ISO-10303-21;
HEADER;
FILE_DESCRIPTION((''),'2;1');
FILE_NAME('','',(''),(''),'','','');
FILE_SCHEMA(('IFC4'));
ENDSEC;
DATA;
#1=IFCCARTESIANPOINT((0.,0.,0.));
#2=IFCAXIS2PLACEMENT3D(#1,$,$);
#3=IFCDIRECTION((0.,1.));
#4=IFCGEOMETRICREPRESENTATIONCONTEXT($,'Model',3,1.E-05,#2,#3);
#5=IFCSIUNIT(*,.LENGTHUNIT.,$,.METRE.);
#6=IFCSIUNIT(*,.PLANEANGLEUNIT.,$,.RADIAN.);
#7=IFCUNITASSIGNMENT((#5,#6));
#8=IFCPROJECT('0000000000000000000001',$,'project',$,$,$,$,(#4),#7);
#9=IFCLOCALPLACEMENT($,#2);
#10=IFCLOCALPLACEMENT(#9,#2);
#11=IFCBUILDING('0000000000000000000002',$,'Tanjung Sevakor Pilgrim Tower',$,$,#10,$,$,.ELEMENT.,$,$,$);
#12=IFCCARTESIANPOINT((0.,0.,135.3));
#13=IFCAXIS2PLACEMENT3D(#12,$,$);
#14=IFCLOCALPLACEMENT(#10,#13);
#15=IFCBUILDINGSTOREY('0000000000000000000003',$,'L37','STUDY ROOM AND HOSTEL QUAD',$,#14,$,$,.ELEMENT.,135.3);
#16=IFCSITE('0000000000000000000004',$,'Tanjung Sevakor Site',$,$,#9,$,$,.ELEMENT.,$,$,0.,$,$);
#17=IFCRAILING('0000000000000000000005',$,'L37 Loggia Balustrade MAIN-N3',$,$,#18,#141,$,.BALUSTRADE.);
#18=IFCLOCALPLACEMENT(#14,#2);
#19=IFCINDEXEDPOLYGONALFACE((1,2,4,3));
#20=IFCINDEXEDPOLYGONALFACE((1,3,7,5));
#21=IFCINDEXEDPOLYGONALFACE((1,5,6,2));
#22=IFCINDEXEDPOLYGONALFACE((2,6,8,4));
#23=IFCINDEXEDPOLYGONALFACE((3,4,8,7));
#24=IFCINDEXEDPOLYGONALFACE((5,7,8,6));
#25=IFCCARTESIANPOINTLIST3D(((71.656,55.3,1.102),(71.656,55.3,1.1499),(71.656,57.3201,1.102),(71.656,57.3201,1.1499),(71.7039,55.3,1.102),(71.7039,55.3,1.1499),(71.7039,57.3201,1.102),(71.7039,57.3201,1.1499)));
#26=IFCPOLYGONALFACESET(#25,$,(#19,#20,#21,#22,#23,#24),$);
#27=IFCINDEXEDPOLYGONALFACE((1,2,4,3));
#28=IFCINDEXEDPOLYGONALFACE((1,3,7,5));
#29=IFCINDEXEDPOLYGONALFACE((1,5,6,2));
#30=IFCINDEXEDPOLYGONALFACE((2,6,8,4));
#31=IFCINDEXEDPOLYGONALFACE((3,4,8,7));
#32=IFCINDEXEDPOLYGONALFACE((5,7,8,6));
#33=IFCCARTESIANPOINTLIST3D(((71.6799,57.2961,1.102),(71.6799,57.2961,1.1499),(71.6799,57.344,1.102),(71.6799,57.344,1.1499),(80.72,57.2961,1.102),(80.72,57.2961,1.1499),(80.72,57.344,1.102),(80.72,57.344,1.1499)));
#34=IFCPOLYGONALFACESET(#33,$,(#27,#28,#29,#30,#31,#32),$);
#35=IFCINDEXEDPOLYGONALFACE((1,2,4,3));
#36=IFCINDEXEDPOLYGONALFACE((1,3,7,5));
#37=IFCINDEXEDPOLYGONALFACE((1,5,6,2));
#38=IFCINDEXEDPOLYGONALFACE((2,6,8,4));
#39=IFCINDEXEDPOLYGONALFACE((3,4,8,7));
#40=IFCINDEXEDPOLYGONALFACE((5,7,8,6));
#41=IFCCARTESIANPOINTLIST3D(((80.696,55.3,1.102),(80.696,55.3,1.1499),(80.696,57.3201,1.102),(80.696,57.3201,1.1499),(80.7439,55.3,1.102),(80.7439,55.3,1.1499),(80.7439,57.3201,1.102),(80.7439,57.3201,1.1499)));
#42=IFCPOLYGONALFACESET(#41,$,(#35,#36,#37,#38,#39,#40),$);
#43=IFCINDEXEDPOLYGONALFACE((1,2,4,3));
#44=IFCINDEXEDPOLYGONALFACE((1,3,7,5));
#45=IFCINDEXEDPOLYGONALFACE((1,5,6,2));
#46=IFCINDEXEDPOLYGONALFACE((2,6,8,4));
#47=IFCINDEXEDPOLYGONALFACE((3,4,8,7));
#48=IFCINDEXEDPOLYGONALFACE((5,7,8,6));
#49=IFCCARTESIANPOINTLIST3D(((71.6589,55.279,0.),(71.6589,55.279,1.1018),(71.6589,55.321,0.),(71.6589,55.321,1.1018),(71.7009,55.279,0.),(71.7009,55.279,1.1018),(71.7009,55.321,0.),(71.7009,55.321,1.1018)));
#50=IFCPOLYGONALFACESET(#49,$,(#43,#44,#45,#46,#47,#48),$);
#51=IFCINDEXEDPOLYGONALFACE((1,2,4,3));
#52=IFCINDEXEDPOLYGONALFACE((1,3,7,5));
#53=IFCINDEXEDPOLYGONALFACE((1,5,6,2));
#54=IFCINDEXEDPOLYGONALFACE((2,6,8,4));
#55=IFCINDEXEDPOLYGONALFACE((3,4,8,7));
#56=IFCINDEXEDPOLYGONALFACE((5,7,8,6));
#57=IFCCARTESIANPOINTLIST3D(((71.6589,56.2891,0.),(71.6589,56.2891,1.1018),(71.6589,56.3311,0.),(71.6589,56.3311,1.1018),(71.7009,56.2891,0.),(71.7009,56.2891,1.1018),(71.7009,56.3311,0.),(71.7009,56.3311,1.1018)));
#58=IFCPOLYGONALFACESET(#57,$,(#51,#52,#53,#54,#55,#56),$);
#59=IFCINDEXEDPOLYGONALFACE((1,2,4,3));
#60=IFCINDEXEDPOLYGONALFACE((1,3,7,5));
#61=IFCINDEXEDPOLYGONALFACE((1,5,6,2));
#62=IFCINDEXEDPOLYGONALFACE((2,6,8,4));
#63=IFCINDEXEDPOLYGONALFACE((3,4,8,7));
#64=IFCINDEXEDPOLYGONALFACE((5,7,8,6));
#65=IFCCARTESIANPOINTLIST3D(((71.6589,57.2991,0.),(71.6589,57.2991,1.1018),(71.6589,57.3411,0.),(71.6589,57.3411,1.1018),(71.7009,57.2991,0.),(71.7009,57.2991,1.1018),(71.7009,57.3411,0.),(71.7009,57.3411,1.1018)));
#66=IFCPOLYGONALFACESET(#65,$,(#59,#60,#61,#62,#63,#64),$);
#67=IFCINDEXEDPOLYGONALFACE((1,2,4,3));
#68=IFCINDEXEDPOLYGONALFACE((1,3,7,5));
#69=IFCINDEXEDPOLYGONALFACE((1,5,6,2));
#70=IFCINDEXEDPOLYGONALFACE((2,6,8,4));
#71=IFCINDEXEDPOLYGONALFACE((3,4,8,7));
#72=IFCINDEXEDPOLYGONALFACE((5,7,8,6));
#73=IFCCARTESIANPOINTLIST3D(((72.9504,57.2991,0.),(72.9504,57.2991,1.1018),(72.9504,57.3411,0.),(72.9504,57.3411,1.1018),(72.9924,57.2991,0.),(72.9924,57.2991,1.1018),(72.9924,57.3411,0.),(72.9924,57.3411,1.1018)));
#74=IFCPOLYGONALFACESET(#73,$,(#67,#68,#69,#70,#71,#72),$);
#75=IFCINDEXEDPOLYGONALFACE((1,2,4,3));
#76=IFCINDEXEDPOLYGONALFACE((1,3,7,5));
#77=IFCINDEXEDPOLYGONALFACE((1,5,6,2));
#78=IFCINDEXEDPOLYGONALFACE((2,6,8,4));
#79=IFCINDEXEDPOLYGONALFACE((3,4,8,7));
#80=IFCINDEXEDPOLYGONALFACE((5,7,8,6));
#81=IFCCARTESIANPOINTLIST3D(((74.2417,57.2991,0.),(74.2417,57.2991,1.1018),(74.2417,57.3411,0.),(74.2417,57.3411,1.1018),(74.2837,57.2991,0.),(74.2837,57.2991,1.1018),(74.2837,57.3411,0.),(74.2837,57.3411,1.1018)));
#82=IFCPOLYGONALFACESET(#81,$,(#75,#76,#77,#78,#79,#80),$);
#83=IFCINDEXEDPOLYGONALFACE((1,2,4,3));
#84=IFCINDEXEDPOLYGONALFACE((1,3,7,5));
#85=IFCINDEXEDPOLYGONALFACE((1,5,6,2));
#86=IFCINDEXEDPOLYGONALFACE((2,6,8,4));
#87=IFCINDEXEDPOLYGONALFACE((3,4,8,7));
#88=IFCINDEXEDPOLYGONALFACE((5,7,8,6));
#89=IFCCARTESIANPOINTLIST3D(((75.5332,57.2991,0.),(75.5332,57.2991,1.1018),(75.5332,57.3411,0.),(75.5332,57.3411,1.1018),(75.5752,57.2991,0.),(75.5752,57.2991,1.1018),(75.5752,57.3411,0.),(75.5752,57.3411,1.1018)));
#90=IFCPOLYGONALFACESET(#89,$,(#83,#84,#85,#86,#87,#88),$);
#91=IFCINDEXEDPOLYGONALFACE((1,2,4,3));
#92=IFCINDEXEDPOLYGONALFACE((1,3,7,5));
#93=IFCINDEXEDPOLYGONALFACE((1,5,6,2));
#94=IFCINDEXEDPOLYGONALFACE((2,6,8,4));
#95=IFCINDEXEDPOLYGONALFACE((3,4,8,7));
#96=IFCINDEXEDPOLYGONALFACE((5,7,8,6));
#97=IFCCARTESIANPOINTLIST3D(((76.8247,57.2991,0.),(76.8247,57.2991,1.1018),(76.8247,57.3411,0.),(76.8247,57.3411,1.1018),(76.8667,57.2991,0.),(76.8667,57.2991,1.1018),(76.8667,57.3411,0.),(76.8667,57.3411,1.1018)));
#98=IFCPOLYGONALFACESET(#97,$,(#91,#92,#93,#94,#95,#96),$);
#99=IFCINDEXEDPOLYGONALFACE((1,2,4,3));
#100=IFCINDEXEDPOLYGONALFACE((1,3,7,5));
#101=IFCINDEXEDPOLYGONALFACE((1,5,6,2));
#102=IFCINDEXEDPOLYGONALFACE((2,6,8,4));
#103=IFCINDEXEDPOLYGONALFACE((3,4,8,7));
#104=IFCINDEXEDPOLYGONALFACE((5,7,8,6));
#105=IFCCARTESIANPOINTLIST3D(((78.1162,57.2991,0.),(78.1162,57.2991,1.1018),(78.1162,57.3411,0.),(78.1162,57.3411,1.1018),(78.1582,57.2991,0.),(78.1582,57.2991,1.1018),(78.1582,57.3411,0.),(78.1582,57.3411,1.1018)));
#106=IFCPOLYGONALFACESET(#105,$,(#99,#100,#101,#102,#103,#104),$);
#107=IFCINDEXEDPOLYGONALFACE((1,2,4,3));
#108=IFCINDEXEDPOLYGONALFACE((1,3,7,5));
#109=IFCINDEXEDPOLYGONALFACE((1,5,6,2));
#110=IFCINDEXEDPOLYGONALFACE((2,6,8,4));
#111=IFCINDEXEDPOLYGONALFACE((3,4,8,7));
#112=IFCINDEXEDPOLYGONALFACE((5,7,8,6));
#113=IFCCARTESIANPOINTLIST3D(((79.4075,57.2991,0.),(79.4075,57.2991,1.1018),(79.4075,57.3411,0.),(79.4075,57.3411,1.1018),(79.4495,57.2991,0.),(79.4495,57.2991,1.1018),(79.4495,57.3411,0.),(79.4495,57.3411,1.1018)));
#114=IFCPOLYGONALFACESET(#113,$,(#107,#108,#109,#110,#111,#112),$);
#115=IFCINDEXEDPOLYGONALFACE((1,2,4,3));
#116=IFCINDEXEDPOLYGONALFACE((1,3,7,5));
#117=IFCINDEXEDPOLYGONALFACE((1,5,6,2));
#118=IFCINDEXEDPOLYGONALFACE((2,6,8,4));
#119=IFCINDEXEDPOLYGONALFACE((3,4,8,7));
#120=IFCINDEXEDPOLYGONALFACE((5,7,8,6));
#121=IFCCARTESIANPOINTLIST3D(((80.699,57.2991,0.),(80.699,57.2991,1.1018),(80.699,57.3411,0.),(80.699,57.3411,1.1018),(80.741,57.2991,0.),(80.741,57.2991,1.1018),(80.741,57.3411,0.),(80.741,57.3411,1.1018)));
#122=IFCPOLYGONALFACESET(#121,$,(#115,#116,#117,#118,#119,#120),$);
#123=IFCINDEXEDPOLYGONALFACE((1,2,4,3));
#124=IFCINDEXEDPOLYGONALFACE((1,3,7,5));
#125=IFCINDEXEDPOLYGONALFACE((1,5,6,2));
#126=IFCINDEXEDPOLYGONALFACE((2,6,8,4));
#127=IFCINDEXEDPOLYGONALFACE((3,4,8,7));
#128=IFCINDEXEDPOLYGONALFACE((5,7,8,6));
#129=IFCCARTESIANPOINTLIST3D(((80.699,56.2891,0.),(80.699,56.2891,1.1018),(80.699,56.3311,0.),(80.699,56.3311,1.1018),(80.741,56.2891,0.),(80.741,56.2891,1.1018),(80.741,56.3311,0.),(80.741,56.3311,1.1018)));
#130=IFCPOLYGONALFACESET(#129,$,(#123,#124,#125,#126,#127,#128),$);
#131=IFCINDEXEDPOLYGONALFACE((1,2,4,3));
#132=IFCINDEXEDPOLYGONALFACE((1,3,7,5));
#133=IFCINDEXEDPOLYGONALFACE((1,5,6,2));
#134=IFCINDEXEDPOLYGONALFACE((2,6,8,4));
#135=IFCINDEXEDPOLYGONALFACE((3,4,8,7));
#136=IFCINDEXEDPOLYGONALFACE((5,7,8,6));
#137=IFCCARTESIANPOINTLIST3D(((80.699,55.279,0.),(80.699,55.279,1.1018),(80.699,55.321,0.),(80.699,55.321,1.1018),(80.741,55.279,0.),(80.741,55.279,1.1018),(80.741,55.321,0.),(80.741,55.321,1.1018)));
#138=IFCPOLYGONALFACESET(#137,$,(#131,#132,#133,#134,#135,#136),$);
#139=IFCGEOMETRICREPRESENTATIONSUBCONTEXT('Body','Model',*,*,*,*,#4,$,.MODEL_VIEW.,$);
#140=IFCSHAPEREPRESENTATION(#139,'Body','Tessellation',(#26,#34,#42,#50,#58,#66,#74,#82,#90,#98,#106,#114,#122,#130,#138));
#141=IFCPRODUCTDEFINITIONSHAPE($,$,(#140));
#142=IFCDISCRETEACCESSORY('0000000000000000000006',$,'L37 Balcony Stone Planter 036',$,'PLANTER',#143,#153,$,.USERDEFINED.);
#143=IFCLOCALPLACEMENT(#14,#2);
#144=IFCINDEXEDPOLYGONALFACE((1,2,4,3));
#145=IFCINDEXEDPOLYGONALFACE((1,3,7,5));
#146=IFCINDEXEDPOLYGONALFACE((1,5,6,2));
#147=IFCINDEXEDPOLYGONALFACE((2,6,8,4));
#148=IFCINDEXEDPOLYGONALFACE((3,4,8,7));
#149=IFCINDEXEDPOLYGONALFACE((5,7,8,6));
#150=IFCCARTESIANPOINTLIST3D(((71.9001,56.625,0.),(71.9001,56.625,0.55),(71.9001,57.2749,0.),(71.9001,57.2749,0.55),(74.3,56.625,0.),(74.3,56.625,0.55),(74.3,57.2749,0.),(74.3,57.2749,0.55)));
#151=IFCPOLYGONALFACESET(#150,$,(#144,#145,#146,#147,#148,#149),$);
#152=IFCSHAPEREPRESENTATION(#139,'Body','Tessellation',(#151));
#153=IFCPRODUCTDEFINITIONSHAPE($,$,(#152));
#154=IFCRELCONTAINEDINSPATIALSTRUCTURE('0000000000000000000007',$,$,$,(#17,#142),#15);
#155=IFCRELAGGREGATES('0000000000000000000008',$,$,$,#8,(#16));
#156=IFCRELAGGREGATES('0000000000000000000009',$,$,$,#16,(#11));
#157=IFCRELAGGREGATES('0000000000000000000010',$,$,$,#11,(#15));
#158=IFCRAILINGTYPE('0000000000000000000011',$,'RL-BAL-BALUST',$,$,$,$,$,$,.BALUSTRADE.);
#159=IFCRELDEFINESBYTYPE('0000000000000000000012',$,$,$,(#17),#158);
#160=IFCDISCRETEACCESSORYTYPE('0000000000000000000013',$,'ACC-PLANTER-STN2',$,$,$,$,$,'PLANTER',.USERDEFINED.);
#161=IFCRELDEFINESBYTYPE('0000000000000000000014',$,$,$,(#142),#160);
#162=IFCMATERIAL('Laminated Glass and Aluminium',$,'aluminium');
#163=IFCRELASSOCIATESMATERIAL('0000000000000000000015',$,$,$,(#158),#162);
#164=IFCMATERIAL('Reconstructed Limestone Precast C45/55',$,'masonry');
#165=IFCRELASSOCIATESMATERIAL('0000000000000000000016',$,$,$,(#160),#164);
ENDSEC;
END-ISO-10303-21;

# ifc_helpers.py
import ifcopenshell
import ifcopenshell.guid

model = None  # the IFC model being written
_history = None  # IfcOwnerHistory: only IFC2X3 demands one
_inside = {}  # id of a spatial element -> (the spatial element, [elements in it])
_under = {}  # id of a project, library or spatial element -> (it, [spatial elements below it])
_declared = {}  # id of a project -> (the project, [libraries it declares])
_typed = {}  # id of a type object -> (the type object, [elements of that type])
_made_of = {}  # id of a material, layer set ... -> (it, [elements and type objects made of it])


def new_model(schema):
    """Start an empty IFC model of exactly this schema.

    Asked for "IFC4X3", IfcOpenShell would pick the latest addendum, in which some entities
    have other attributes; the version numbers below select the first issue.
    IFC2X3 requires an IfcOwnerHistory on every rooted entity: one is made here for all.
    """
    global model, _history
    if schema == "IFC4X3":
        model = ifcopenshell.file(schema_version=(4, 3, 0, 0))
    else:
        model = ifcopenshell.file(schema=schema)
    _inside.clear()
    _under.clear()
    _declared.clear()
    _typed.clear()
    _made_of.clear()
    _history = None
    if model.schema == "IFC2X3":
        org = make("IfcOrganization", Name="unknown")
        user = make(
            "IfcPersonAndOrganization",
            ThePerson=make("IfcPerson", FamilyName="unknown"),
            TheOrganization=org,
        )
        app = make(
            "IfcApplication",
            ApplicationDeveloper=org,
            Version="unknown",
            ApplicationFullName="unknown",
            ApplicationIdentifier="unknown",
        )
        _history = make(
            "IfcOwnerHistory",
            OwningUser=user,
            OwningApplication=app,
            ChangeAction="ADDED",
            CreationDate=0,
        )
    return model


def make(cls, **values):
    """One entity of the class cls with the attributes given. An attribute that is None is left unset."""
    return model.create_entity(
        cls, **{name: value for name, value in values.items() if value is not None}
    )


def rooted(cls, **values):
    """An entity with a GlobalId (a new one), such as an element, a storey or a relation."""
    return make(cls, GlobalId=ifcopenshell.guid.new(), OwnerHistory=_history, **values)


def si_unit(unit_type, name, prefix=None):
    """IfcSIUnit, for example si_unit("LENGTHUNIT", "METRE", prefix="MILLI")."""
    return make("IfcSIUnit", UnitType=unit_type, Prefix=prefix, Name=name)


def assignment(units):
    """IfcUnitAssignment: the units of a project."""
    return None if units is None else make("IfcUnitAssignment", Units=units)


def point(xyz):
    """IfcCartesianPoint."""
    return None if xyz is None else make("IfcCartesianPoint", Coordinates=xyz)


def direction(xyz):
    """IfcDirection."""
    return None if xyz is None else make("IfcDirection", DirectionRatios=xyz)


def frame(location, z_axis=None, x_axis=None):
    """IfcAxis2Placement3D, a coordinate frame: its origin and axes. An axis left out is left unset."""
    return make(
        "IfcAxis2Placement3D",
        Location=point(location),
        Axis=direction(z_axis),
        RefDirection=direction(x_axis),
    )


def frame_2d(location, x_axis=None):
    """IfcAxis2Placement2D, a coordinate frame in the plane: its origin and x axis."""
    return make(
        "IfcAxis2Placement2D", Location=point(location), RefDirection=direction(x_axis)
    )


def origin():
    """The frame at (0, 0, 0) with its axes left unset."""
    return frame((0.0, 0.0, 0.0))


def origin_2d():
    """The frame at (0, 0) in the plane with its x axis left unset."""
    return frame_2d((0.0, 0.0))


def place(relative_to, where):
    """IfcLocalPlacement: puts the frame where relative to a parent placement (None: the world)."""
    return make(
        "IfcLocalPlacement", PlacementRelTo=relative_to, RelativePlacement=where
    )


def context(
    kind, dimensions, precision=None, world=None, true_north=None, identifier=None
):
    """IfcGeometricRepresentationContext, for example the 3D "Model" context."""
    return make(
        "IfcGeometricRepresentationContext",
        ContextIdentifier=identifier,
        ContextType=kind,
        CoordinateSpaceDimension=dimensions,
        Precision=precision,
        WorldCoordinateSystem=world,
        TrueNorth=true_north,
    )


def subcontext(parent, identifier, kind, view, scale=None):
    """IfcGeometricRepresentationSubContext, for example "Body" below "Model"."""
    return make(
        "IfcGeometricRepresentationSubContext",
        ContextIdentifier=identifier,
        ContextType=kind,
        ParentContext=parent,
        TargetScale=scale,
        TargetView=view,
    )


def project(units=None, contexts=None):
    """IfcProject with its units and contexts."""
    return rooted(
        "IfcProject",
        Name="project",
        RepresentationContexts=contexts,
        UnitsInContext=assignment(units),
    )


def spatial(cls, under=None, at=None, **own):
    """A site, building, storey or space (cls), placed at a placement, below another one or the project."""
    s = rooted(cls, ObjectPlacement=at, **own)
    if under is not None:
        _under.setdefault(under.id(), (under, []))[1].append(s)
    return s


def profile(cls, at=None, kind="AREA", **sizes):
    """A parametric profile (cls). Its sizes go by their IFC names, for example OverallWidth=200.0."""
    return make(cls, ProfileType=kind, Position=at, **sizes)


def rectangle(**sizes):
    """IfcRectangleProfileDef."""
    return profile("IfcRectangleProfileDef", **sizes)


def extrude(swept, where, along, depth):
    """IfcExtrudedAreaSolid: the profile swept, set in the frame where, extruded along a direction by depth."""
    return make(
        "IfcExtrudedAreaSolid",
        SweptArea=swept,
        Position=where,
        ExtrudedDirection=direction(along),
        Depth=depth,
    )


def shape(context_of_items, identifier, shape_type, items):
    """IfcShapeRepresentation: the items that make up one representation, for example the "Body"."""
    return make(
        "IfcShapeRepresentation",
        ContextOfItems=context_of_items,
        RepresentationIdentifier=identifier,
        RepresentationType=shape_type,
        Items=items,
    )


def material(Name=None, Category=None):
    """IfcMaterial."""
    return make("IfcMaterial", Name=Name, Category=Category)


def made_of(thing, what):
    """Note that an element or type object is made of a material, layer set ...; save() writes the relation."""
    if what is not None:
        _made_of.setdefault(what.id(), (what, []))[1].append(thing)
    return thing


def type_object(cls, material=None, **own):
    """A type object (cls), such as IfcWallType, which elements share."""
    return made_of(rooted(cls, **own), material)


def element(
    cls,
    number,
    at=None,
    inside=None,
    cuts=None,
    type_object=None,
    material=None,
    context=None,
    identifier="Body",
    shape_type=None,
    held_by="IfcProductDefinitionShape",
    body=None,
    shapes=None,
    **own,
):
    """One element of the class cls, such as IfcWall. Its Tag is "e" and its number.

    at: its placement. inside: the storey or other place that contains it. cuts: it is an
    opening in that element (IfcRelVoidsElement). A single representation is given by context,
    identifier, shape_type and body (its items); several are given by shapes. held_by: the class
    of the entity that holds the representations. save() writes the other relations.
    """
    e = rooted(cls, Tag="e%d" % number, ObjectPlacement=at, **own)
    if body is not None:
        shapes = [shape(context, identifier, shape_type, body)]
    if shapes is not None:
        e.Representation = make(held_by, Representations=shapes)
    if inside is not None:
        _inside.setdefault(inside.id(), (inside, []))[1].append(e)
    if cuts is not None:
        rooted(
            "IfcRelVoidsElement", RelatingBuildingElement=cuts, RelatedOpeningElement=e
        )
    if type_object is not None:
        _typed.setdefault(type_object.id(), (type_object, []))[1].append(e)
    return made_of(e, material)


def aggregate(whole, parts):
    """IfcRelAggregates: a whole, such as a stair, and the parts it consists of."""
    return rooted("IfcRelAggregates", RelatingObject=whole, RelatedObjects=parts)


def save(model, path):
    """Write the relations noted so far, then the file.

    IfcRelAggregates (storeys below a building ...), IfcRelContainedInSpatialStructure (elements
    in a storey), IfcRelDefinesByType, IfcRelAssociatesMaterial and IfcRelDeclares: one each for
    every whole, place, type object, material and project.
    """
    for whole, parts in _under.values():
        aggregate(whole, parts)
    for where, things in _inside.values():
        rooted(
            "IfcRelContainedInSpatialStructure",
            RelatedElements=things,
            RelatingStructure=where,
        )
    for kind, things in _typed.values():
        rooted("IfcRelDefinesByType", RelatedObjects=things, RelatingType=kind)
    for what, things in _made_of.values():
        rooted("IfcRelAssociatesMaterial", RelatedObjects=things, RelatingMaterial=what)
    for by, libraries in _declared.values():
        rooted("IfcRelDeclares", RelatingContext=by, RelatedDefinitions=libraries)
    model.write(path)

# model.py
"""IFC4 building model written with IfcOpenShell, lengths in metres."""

from ifc_helpers import new_model, si_unit, direction, frame, origin, origin_2d, place, context, subcontext, project, spatial, rectangle, extrude, material, type_object, element, save


model = new_model("IFC4")

# Units and contexts
model_context = context("Model", 3, precision=1e-05, world=origin(), true_north=direction((0.0, 1.0)))
body_context = subcontext(model_context, "Body", "Model", "MODEL_VIEW")
ifc_project = project(units=[si_unit("LENGTHUNIT", "METRE"), si_unit("PLANEANGLEUNIT", "RADIAN")], contexts=[model_context])

# Site, building, storey
site_placement = place(None, origin())
site = spatial("IfcSite", under=ifc_project, at=site_placement, Name="Tanjung Sevakor Site", CompositionType="ELEMENT", RefElevation=0.0)
building_placement = place(site_placement, origin())
building = spatial("IfcBuilding", under=site, at=building_placement, Name="Tanjung Sevakor Pilgrim Tower", CompositionType="ELEMENT")
storey_placement = place(building_placement, frame((0.0, 0.0, 135.3)))
storey = spatial("IfcBuildingStorey", under=building, at=storey_placement, Name="L37", Description="STUDY ROOM AND HOSTEL QUAD", CompositionType="ELEMENT", Elevation=135.3)

# Railing
ifc_material_1 = material(Name="Laminated Glass and Aluminium", Category="aluminium")
railing_type = type_object("IfcRailingType", Name="RL-BAL-BALUST", PredefinedType="BALUSTRADE", material=ifc_material_1)
railing_1_placement = place(storey_placement, frame((71.6799, 55.3, 0.0)))
element("IfcRailing", 1, at=railing_1_placement, inside=storey, type_object=railing_type, Name="L37 Loggia Balustrade MAIN-N3", PredefinedType="BALUSTRADE", context=body_context, shape_type="SweptSolid", body=[
    extrude(rectangle(XDim=0.0479, YDim=0.0479), frame((0.0, 0.0, 1.126), z_axis=(0.0, 1.0, 0.0), x_axis=(-1.0, 0.0, 0.0)), (0.0, 0.0, 1.0), 2.02),
    extrude(rectangle(XDim=0.0479, YDim=0.0479), frame((0.0, 2.02, 1.126), z_axis=(1.0, 0.0, 0.0), x_axis=(0.0, 1.0, 0.0)), (0.0, 0.0, 1.0), 9.04),
    extrude(rectangle(XDim=0.0479, YDim=0.0479), frame((9.04, 2.02, 1.126), z_axis=(0.0, -1.0, 0.0), x_axis=(1.0, 0.0, 0.0)), (0.0, 0.0, 1.0), 2.02),
    extrude(rectangle(XDim=0.042, YDim=0.042), origin(), (0.0, 0.0, 1.0), 1.1018),
    extrude(rectangle(XDim=0.042, YDim=0.042), frame((0.0, 1.01, 0.0)), (0.0, 0.0, 1.0), 1.1018),
    extrude(rectangle(XDim=0.042, YDim=0.042), frame((0.0, 2.02, 0.0)), (0.0, 0.0, 1.0), 1.1018),
    extrude(rectangle(XDim=0.042, YDim=0.042), frame((1.2915, 2.02, 0.0)), (0.0, 0.0, 1.0), 1.1018),
    extrude(rectangle(XDim=0.042, YDim=0.042), frame((2.5828, 2.02, 0.0)), (0.0, 0.0, 1.0), 1.1018),
    extrude(rectangle(XDim=0.042, YDim=0.042), frame((3.8743, 2.02, 0.0)), (0.0, 0.0, 1.0), 1.1018),
    extrude(rectangle(XDim=0.042, YDim=0.042), frame((5.1658, 2.02, 0.0)), (0.0, 0.0, 1.0), 1.1018),
    extrude(rectangle(XDim=0.042, YDim=0.042), frame((6.4573, 2.02, 0.0)), (0.0, 0.0, 1.0), 1.1018),
    extrude(rectangle(XDim=0.042, YDim=0.042), frame((7.7485, 2.02, 0.0)), (0.0, 0.0, 1.0), 1.1018),
    extrude(rectangle(XDim=0.042, YDim=0.042), frame((9.04, 2.02, 0.0)), (0.0, 0.0, 1.0), 1.1018),
    extrude(rectangle(XDim=0.042, YDim=0.042), frame((9.04, 1.01, 0.0)), (0.0, 0.0, 1.0), 1.1018),
    extrude(rectangle(XDim=0.042, YDim=0.042), frame((9.04, 0.0, 0.0)), (0.0, 0.0, 1.0), 1.1018),
])

# Discrete accessory
ifc_material_2 = material(Name="Reconstructed Limestone Precast C45/55", Category="masonry")
discrete_accessory_type = type_object("IfcDiscreteAccessoryType", Name="ACC-PLANTER-STN2", ElementType="PLANTER", PredefinedType="USERDEFINED", material=ifc_material_2)
discrete_accessory_placement = place(storey_placement, frame((73.1001, 56.95, 0.0), z_axis=(0.0, 0.0, 1.0), x_axis=(1.0, 0.0, 0.0)))
element("IfcDiscreteAccessory", 2, at=discrete_accessory_placement, inside=storey, type_object=discrete_accessory_type, Name="L37 Balcony Stone Planter 036", ObjectType="PLANTER", PredefinedType="USERDEFINED", context=body_context, shape_type="SweptSolid", body=[
    extrude(rectangle(XDim=2.3999, YDim=0.6499, at=origin_2d()), origin(), (0.0, 0.0, 1.0), 0.55),
])

save(model, "model.ifc")
